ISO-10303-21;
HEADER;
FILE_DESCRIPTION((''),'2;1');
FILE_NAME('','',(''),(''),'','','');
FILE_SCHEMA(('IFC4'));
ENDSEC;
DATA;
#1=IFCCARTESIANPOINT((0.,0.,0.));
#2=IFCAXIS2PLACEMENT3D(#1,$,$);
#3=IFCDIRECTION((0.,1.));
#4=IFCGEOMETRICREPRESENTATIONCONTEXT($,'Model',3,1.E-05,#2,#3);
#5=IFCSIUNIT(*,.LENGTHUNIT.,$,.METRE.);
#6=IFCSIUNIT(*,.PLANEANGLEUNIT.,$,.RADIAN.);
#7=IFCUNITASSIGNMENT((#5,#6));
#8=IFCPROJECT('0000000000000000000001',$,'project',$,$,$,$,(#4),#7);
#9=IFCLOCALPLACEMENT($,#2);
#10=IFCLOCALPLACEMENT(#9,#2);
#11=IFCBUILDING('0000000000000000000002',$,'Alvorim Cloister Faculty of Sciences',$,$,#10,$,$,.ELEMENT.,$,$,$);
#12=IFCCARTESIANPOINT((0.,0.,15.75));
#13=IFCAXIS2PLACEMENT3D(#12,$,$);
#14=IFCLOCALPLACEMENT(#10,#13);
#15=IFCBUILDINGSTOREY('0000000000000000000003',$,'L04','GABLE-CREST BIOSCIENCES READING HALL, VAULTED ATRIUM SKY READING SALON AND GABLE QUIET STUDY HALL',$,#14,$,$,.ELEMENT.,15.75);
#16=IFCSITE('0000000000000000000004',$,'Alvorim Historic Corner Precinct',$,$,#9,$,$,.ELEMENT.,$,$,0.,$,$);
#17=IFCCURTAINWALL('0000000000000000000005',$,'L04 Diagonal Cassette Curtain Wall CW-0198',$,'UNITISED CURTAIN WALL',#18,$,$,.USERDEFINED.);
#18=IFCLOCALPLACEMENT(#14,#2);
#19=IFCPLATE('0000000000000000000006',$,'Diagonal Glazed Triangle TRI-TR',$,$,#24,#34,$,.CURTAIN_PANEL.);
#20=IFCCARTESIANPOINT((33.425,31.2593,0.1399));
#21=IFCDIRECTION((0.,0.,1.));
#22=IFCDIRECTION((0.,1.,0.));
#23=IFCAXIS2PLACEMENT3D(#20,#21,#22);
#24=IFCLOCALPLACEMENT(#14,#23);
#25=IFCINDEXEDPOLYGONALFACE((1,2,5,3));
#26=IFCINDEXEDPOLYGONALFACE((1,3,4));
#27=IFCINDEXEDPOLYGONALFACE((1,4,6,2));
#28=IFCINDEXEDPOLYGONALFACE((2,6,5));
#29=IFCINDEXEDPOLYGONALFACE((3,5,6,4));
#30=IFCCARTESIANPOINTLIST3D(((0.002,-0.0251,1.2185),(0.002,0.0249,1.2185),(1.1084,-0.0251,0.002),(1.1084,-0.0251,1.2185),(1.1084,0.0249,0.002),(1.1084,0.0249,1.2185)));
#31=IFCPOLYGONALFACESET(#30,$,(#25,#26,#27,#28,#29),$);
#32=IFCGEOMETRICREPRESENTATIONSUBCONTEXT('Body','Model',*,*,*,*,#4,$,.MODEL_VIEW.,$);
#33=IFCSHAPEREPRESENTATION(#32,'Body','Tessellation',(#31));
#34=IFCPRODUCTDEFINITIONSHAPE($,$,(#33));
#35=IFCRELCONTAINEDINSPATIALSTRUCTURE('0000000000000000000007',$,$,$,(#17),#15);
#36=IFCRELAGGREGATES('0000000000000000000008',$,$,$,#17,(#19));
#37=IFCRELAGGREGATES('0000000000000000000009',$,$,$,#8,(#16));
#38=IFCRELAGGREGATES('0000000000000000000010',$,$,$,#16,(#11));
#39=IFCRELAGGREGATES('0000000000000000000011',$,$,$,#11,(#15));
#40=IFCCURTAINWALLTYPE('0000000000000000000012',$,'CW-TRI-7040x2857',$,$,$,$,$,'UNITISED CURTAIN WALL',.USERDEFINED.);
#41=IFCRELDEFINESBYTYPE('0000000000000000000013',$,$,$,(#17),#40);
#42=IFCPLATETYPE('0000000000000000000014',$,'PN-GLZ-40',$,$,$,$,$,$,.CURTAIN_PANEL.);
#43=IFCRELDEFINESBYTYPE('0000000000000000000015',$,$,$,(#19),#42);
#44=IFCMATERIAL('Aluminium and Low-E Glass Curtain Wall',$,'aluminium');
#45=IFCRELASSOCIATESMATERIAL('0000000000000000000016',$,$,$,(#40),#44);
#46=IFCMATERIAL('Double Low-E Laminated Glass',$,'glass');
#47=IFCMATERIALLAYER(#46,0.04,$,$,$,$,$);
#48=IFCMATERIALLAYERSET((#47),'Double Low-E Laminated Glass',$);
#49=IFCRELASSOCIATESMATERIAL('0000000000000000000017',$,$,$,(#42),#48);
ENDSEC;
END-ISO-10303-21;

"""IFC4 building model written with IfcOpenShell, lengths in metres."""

from ifc_helpers import new_model, si_unit, direction, frame, origin, place, context, subcontext, project, spatial, polyline, outline, extrude, material, layer, layer_set, type_object, element, aggregate, save


model = new_model("IFC4")

# Units and contexts
model_context = context("Model", 3, precision=1e-05, world=origin(), true_north=direction((0.0, 1.0)))
body_context = subcontext(model_context, "Body", "Model", "MODEL_VIEW")
ifc_project = project(units=[si_unit("LENGTHUNIT", "METRE"), si_unit("PLANEANGLEUNIT", "RADIAN")], contexts=[model_context])

# Site, building, storey
site_placement = place(None, origin())
site = spatial("IfcSite", under=ifc_project, at=site_placement, Name="Alvorim Historic Corner Precinct", CompositionType="ELEMENT", RefElevation=0.0)
building_placement = place(site_placement, origin())
building = spatial("IfcBuilding", under=site, at=building_placement, Name="Alvorim Cloister Faculty of Sciences", CompositionType="ELEMENT")
storey_placement = place(building_placement, frame((0.0, 0.0, 15.75)))
storey = spatial("IfcBuildingStorey", under=building, at=storey_placement, Name="L04", Description="GABLE-CREST BIOSCIENCES READING HALL, VAULTED ATRIUM SKY READING SALON AND GABLE QUIET STUDY HALL", CompositionType="ELEMENT", Elevation=15.75)

# Curtain wall, plate
ifc_material_1 = material(Name="Aluminium and Low-E Glass Curtain Wall", Category="aluminium")
curtain_wall_type = type_object("IfcCurtainWallType", Name="CW-TRI-7040x2857", ElementType="UNITISED CURTAIN WALL", PredefinedType="USERDEFINED", material=ifc_material_1)
curtain_wall_placement = place(storey_placement, origin())
curtain_wall = element("IfcCurtainWall", 1, at=curtain_wall_placement, inside=storey, type_object=curtain_wall_type, Name="L04 Diagonal Cassette Curtain Wall CW-0198", ObjectType="UNITISED CURTAIN WALL", PredefinedType="USERDEFINED")
ifc_material_2 = material(Name="Double Low-E Laminated Glass", Category="glass")
ifc_layer = layer(ifc_material_2, 0.04)
ifc_layer_set = layer_set([ifc_layer], Name="Double Low-E Laminated Glass")
plate_type = type_object("IfcPlateType", Name="PN-GLZ-40", PredefinedType="CURTAIN_PANEL", material=ifc_layer_set)
plate_placement = place(storey_placement, frame((33.425, 31.2593, 0.1399), z_axis=(0.0, 0.0, 1.0), x_axis=(0.0, 1.0, 0.0)))
plate = element("IfcPlate", 2, at=plate_placement, type_object=plate_type, Name="Diagonal Glazed Triangle TRI-TR", PredefinedType="CURTAIN_PANEL", context=body_context, shape_type="SweptSolid", body=[
    extrude(outline(polyline([(1.1084, 0.002), (1.1084, 1.2185), (0.002, 1.2185), (1.1084, 0.002)])), frame((0.0, 0.0249, 0.0), z_axis=(0.0, -1.0, 0.0), x_axis=(1.0, 0.0, 0.0)), (0.0, 0.0, 1.0), 0.05),
])
aggregate(curtain_wall, [plate])

save(model, "model.ifc")
